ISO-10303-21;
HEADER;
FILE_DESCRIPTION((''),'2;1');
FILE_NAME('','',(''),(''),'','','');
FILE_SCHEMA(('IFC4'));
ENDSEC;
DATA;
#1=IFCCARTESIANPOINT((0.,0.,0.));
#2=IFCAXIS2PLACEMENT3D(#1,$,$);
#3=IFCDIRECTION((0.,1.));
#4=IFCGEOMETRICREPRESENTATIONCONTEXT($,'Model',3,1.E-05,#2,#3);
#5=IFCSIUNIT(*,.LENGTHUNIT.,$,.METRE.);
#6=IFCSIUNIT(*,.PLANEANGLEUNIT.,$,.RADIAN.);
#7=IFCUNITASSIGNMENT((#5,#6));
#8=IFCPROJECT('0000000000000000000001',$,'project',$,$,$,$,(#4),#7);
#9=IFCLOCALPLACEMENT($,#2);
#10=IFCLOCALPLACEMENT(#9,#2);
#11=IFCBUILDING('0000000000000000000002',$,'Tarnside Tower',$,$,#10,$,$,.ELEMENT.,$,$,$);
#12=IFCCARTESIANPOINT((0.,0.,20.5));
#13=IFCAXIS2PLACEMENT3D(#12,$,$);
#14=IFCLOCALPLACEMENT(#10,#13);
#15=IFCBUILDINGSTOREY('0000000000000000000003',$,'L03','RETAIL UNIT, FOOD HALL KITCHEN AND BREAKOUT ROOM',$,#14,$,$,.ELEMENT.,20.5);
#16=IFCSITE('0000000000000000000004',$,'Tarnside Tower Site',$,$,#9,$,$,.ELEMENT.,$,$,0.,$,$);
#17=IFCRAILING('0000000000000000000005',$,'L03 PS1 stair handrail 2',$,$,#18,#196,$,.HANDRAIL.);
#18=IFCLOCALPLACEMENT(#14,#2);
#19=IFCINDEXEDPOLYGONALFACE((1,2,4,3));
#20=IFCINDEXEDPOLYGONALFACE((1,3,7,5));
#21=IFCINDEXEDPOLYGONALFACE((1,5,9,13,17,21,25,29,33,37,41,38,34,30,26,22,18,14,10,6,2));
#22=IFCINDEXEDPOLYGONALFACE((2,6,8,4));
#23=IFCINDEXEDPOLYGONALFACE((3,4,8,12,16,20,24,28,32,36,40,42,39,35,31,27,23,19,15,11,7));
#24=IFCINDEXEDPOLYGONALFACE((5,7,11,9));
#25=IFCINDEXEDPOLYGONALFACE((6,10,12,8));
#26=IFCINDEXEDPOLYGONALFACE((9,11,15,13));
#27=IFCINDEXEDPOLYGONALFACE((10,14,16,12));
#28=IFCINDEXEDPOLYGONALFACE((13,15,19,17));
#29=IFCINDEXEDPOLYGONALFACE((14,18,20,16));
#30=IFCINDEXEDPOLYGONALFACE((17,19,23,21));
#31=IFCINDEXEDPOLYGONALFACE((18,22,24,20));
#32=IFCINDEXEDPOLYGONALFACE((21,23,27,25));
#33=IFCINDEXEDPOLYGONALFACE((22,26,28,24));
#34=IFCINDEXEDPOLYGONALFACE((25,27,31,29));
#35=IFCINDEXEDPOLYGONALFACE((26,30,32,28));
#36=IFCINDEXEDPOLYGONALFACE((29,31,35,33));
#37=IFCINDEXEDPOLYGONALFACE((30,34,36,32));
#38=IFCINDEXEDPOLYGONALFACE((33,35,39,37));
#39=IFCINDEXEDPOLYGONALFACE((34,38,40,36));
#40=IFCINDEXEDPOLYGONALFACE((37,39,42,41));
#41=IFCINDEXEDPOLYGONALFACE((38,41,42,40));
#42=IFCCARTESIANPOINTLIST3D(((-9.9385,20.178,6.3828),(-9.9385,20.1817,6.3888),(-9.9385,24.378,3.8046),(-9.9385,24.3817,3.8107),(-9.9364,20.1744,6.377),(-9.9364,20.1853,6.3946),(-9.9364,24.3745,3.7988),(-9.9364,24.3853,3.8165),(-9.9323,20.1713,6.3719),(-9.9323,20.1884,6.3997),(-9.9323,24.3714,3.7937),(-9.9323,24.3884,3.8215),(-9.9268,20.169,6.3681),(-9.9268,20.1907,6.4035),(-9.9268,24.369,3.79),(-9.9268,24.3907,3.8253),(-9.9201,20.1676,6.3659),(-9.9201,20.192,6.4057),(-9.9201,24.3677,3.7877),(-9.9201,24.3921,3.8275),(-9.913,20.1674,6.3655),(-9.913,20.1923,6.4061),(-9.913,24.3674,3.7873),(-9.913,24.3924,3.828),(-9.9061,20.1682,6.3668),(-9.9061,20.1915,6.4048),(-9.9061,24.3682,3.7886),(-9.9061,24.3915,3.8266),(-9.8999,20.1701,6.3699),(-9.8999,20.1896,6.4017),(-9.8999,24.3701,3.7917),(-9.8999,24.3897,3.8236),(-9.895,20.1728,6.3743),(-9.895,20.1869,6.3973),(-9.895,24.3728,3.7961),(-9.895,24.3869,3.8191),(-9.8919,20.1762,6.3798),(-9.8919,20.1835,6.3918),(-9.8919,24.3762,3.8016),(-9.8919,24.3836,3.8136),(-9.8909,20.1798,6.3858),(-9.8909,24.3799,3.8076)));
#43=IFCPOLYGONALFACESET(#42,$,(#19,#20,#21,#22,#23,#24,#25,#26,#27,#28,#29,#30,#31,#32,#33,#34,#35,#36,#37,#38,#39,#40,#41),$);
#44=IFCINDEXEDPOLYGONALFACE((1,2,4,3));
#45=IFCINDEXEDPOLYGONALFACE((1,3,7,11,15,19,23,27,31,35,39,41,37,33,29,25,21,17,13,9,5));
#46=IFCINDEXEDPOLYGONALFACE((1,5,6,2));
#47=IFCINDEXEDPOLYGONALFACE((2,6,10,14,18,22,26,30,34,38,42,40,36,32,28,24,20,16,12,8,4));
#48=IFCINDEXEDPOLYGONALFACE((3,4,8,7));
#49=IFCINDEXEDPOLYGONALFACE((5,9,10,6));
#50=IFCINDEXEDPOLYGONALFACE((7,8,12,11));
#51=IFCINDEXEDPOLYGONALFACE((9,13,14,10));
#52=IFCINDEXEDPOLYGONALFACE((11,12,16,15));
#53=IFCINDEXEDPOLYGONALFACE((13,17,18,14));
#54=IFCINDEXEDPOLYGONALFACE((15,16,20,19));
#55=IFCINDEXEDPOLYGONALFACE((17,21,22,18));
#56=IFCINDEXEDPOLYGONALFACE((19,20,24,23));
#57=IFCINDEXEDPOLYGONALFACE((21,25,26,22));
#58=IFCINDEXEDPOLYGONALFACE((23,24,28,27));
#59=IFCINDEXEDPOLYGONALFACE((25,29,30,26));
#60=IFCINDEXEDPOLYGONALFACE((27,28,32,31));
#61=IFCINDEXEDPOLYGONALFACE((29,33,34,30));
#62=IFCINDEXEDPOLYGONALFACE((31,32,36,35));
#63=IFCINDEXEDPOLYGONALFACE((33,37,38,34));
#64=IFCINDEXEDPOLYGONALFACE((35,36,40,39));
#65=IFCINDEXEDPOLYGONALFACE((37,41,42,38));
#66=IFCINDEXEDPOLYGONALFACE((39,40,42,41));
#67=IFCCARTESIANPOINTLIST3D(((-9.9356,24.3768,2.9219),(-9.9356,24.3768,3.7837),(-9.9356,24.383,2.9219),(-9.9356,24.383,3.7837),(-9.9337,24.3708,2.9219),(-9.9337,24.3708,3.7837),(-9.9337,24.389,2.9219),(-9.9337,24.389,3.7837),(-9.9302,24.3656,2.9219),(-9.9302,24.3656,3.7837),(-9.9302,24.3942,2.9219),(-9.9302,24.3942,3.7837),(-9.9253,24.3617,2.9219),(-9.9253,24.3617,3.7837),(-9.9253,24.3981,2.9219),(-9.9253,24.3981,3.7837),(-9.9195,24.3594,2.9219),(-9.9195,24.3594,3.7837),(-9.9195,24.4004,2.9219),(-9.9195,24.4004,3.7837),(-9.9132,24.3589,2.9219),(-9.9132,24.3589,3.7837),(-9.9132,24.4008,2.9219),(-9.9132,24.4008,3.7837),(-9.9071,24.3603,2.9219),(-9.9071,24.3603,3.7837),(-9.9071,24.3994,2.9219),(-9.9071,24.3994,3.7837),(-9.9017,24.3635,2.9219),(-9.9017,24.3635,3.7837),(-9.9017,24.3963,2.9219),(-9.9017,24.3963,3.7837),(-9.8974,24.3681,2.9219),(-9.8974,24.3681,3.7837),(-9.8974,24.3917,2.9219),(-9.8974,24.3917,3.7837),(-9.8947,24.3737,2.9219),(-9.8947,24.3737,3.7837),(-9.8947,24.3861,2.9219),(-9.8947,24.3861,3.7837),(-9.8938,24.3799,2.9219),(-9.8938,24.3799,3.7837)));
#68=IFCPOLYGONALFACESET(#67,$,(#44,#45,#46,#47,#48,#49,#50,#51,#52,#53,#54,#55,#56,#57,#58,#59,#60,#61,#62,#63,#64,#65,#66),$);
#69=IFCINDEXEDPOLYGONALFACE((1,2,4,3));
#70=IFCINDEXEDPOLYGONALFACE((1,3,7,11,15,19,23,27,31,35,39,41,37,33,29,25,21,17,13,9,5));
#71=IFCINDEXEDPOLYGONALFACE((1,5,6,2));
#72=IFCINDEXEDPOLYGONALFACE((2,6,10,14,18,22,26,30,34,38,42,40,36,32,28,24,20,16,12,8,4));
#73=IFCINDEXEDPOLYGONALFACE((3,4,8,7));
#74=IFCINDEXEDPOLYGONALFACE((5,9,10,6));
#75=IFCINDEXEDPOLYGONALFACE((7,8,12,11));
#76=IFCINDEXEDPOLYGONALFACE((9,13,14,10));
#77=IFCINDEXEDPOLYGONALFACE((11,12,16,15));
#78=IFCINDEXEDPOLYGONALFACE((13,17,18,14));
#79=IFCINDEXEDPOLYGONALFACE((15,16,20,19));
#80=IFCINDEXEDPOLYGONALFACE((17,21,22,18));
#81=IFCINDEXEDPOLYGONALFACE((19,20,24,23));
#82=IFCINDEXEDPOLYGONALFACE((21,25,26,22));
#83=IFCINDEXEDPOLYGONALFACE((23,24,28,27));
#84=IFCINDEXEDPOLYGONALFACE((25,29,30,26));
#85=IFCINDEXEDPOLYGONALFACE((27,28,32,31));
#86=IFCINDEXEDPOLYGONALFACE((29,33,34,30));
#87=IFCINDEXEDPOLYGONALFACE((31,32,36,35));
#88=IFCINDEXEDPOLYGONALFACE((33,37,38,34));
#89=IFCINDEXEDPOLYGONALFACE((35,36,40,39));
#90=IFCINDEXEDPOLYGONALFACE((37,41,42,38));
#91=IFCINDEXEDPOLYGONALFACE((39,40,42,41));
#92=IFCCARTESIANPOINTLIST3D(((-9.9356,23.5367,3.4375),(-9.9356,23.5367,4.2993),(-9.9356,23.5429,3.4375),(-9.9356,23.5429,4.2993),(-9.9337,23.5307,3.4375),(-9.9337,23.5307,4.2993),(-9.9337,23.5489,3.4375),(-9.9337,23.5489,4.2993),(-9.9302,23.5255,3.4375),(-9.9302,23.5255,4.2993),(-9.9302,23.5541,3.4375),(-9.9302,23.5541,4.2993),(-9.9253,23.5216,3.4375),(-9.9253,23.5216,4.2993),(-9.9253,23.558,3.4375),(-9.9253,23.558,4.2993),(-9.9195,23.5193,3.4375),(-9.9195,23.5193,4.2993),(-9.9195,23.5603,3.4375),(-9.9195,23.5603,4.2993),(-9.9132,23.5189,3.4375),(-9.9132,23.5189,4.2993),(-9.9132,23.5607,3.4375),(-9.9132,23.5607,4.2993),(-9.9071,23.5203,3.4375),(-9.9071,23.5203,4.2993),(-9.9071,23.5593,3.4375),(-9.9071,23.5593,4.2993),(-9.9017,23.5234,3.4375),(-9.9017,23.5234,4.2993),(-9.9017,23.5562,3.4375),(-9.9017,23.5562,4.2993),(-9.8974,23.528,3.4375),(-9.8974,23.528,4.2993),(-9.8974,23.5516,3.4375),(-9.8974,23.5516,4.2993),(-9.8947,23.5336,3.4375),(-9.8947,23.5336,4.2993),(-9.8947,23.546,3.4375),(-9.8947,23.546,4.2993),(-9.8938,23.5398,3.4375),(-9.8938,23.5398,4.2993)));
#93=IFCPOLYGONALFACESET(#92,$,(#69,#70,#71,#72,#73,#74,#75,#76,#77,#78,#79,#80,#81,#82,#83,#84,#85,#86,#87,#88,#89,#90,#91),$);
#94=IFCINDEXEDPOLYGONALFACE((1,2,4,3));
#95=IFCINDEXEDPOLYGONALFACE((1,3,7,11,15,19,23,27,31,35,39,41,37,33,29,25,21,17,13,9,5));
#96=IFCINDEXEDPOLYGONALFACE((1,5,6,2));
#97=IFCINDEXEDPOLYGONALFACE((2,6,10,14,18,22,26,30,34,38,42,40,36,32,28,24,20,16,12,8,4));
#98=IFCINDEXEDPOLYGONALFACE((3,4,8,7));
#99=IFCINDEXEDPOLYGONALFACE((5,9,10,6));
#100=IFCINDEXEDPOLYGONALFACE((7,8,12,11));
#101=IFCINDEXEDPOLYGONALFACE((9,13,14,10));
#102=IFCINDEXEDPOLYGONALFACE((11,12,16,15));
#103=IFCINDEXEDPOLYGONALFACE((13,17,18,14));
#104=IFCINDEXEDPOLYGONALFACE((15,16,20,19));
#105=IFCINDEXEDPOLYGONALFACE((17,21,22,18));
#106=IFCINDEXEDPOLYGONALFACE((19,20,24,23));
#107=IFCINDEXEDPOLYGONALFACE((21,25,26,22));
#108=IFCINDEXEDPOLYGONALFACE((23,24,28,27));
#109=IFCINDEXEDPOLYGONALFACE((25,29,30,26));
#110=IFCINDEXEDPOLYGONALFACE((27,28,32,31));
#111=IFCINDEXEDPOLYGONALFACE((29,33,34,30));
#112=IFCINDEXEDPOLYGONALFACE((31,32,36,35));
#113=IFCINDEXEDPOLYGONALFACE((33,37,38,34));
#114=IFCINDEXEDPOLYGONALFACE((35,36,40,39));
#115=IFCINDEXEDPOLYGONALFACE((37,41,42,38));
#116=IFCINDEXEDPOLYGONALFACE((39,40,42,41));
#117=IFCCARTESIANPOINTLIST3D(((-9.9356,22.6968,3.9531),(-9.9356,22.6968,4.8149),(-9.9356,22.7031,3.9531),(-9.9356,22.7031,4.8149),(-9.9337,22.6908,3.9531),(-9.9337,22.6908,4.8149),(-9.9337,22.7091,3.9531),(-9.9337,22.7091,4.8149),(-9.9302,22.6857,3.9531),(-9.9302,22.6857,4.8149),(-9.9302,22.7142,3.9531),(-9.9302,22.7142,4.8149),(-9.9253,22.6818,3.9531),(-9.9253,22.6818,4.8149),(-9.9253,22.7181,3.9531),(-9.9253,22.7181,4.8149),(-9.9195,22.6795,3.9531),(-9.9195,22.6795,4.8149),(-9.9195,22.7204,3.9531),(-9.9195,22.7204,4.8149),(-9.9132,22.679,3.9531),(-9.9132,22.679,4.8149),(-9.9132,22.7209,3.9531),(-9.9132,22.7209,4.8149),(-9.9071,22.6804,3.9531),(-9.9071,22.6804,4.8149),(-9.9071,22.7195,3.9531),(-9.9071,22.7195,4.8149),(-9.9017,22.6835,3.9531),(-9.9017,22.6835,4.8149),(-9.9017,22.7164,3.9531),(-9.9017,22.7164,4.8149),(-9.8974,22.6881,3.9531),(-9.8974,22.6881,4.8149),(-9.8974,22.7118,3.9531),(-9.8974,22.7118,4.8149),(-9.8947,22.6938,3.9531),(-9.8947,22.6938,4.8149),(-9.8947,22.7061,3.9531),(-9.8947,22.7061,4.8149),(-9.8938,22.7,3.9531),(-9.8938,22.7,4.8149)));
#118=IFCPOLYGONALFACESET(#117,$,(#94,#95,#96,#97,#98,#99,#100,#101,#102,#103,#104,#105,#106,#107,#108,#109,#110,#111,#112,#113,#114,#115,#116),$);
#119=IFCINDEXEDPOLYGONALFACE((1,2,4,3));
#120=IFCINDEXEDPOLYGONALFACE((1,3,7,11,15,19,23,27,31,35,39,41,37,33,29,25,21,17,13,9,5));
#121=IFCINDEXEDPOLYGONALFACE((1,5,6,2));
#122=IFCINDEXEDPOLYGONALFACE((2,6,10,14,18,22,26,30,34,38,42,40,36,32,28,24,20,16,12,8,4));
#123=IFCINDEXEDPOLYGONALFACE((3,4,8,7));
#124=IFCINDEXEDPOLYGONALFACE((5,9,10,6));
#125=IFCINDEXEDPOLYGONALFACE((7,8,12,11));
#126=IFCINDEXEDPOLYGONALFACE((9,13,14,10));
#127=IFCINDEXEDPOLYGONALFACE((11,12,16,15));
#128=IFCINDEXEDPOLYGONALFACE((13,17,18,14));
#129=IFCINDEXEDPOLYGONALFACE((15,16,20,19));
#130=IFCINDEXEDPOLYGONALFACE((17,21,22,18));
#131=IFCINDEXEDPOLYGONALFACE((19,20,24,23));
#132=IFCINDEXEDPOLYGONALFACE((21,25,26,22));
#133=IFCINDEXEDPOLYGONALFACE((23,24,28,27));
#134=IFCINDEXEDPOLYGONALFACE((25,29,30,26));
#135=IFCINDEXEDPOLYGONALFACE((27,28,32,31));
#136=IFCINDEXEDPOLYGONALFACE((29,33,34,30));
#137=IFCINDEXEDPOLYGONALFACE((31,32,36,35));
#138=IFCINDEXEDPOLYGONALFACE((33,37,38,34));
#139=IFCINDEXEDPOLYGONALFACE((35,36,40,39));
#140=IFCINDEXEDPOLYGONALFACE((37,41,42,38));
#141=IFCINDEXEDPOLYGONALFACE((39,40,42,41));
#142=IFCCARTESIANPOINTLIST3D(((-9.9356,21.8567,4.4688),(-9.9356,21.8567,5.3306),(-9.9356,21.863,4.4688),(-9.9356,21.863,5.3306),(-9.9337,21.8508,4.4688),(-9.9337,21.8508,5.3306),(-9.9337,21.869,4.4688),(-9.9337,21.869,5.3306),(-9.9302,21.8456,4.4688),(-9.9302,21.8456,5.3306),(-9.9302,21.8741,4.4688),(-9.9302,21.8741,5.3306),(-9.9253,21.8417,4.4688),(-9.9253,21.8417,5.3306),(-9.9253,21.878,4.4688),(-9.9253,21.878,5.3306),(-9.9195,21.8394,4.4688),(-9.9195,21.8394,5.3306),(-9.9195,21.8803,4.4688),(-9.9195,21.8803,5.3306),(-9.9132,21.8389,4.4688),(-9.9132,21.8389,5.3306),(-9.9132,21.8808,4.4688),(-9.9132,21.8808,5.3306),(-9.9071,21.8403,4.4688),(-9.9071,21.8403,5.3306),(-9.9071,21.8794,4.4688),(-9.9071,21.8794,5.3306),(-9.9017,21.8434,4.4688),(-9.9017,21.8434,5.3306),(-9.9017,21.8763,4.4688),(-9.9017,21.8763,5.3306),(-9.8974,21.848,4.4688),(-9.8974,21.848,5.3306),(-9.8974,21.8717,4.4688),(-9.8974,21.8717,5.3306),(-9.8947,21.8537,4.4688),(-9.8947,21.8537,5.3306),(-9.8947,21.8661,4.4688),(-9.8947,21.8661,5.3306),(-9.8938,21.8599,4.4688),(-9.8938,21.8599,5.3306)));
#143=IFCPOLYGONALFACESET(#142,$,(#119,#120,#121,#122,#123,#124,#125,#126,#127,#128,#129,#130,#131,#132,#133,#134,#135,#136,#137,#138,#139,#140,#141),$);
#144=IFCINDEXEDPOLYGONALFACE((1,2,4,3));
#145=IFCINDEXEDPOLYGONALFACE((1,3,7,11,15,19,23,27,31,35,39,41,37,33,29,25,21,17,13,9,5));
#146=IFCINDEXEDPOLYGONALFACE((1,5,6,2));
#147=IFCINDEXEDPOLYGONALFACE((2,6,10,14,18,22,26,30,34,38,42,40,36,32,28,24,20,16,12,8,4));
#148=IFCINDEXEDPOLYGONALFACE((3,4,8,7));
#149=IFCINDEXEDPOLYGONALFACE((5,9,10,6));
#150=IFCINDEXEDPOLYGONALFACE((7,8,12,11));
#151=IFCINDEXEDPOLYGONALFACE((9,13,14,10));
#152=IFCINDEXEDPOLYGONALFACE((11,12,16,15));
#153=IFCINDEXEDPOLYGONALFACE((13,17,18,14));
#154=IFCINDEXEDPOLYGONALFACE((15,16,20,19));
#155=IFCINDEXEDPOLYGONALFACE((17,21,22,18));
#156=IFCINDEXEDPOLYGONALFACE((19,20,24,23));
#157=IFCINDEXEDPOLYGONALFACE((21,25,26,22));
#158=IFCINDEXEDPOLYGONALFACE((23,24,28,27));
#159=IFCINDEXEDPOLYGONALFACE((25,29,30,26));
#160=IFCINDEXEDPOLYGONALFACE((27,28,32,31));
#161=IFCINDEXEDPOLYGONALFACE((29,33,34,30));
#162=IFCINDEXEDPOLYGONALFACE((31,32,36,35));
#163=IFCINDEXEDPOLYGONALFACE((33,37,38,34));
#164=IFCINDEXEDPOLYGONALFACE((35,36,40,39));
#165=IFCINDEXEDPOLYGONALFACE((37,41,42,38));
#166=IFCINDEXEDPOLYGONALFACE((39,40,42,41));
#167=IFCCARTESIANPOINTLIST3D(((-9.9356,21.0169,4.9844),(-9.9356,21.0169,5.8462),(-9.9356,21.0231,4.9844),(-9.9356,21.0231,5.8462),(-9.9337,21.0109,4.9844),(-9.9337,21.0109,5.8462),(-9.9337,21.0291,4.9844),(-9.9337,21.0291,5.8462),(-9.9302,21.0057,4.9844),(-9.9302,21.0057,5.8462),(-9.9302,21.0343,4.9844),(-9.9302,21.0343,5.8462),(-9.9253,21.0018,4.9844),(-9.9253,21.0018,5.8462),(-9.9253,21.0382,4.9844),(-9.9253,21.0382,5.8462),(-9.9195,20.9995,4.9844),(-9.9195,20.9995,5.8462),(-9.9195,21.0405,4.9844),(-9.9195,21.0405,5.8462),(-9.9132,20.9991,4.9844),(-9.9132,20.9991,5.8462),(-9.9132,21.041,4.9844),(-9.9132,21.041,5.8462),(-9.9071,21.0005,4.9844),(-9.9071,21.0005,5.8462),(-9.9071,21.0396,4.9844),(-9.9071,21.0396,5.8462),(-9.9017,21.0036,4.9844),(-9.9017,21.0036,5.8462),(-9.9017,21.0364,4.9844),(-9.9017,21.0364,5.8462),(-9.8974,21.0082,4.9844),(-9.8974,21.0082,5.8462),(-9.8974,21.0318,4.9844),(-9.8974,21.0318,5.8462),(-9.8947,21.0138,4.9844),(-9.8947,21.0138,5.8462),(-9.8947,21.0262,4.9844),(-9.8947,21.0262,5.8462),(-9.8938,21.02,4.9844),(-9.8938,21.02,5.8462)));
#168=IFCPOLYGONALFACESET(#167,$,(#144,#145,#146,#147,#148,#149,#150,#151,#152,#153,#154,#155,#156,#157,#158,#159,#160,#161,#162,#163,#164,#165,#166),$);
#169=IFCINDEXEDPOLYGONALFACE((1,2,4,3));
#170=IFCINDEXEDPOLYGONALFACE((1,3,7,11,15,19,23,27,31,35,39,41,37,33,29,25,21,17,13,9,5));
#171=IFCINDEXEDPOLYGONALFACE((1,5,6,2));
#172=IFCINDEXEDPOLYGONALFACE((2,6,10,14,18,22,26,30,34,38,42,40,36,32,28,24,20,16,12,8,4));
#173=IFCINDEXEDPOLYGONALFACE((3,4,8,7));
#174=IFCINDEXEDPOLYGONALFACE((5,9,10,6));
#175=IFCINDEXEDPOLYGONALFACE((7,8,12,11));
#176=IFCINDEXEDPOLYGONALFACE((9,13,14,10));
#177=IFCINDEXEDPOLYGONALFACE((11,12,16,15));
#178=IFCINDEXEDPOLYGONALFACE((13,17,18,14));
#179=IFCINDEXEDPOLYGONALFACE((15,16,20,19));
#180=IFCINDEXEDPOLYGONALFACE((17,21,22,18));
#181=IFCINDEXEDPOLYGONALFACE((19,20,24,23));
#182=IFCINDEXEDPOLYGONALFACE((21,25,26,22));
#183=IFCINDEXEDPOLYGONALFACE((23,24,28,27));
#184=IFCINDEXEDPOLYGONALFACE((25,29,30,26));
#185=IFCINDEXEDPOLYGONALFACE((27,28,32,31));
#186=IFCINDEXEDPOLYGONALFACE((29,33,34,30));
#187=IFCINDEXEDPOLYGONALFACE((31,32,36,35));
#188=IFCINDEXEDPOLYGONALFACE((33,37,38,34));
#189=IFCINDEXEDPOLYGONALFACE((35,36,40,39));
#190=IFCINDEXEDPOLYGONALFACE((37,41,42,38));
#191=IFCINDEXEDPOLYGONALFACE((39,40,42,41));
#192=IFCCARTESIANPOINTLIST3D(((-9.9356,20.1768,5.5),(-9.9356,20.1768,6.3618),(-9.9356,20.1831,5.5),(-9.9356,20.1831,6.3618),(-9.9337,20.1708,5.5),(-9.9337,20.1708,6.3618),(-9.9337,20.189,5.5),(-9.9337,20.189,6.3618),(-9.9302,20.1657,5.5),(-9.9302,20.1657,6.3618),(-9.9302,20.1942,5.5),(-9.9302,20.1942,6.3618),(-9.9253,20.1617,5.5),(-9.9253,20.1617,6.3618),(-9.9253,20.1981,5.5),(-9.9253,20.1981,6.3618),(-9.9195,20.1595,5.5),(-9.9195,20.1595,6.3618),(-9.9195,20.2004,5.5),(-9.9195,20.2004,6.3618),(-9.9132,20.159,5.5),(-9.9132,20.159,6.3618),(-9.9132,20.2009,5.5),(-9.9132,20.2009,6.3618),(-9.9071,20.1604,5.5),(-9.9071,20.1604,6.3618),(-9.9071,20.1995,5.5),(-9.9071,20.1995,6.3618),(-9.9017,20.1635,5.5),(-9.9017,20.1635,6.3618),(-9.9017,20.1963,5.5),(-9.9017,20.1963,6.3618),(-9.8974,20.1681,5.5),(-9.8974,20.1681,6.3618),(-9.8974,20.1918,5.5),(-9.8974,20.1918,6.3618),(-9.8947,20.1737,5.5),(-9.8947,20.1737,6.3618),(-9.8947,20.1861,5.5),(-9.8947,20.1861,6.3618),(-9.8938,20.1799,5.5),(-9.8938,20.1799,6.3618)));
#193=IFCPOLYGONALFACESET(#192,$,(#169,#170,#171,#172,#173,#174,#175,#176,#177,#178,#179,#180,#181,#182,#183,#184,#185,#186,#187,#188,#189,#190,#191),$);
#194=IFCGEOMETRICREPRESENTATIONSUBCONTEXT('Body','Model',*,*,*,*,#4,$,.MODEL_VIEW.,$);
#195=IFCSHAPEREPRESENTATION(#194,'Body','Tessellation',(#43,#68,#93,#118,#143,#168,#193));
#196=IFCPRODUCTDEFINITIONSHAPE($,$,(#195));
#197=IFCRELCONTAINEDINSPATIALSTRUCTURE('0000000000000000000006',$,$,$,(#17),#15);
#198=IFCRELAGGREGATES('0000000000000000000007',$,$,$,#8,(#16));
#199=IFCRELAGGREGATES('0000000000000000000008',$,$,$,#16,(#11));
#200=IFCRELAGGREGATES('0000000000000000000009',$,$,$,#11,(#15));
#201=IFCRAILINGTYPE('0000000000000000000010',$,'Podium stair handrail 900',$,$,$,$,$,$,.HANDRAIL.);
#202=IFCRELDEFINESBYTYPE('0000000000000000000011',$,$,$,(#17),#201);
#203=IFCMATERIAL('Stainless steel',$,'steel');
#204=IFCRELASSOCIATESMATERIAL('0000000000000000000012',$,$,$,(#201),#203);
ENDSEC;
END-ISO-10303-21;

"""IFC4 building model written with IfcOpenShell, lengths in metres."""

from ifc_helpers import new_model, si_unit, direction, frame, origin, origin_2d, place, context, subcontext, project, spatial, circle, extrude, material, type_object, element, save


model = new_model("IFC4")

# Units and contexts
model_context = context("Model", 3, precision=1e-05, world=origin(), true_north=direction((0.0, 1.0)))
body_context = subcontext(model_context, "Body", "Model", "MODEL_VIEW")
ifc_project = project(units=[si_unit("LENGTHUNIT", "METRE"), si_unit("PLANEANGLEUNIT", "RADIAN")], contexts=[model_context])

# Site, building, storey
site_placement = place(None, origin())
site = spatial("IfcSite", under=ifc_project, at=site_placement, Name="Tarnside Tower Site", CompositionType="ELEMENT", RefElevation=0.0)
building_placement = place(site_placement, origin())
building = spatial("IfcBuilding", under=site, at=building_placement, Name="Tarnside Tower", CompositionType="ELEMENT")
storey_placement = place(building_placement, frame((0.0, 0.0, 20.5)))
storey = spatial("IfcBuildingStorey", under=building, at=storey_placement, Name="L03", Description="RETAIL UNIT, FOOD HALL KITCHEN AND BREAKOUT ROOM", CompositionType="ELEMENT", Elevation=20.5)

# Railing
ifc_material_1 = material(Name="Stainless steel", Category="steel")
railing_type_1 = type_object("IfcRailingType", Name="Podium stair handrail 900", PredefinedType="HANDRAIL", material=ifc_material_1)
railing_1_placement = place(storey_placement, frame((-9.9148, 24.3799, 2.9219)))
element("IfcRailing", 1, at=railing_1_placement, inside=storey, type_object=railing_type_1, Name="L03 PS1 stair handrail 2", PredefinedType="HANDRAIL", context=body_context, shape_type="SweptSolid", body=[
    extrude(circle(Radius=0.0239, at=origin_2d()), frame((0.0, 0.0, 0.8857), z_axis=(0.0, -0.852243, 0.523146), x_axis=(1.0, 0.0, 0.0)), (0.0, 0.0, 1.0), 4.9282),
    extrude(circle(Radius=0.021, at=origin_2d()), origin(), (0.0, 0.0, 1.0), 0.8618),
    extrude(circle(Radius=0.021, at=origin_2d()), frame((0.0, -0.8401, 0.5156)), (0.0, 0.0, 1.0), 0.8618),
    extrude(circle(Radius=0.021, at=origin_2d()), frame((0.0, -1.6799, 1.0312)), (0.0, 0.0, 1.0), 0.8618),
    extrude(circle(Radius=0.021, at=origin_2d()), frame((0.0, -2.52, 1.5469)), (0.0, 0.0, 1.0), 0.8618),
    extrude(circle(Radius=0.021, at=origin_2d()), frame((0.0, -3.3599, 2.0625)), (0.0, 0.0, 1.0), 0.8618),
    extrude(circle(Radius=0.021, at=origin_2d()), frame((0.0, -4.2, 2.5781)), (0.0, 0.0, 1.0), 0.8618),
])

save(model, "model.ifc")
